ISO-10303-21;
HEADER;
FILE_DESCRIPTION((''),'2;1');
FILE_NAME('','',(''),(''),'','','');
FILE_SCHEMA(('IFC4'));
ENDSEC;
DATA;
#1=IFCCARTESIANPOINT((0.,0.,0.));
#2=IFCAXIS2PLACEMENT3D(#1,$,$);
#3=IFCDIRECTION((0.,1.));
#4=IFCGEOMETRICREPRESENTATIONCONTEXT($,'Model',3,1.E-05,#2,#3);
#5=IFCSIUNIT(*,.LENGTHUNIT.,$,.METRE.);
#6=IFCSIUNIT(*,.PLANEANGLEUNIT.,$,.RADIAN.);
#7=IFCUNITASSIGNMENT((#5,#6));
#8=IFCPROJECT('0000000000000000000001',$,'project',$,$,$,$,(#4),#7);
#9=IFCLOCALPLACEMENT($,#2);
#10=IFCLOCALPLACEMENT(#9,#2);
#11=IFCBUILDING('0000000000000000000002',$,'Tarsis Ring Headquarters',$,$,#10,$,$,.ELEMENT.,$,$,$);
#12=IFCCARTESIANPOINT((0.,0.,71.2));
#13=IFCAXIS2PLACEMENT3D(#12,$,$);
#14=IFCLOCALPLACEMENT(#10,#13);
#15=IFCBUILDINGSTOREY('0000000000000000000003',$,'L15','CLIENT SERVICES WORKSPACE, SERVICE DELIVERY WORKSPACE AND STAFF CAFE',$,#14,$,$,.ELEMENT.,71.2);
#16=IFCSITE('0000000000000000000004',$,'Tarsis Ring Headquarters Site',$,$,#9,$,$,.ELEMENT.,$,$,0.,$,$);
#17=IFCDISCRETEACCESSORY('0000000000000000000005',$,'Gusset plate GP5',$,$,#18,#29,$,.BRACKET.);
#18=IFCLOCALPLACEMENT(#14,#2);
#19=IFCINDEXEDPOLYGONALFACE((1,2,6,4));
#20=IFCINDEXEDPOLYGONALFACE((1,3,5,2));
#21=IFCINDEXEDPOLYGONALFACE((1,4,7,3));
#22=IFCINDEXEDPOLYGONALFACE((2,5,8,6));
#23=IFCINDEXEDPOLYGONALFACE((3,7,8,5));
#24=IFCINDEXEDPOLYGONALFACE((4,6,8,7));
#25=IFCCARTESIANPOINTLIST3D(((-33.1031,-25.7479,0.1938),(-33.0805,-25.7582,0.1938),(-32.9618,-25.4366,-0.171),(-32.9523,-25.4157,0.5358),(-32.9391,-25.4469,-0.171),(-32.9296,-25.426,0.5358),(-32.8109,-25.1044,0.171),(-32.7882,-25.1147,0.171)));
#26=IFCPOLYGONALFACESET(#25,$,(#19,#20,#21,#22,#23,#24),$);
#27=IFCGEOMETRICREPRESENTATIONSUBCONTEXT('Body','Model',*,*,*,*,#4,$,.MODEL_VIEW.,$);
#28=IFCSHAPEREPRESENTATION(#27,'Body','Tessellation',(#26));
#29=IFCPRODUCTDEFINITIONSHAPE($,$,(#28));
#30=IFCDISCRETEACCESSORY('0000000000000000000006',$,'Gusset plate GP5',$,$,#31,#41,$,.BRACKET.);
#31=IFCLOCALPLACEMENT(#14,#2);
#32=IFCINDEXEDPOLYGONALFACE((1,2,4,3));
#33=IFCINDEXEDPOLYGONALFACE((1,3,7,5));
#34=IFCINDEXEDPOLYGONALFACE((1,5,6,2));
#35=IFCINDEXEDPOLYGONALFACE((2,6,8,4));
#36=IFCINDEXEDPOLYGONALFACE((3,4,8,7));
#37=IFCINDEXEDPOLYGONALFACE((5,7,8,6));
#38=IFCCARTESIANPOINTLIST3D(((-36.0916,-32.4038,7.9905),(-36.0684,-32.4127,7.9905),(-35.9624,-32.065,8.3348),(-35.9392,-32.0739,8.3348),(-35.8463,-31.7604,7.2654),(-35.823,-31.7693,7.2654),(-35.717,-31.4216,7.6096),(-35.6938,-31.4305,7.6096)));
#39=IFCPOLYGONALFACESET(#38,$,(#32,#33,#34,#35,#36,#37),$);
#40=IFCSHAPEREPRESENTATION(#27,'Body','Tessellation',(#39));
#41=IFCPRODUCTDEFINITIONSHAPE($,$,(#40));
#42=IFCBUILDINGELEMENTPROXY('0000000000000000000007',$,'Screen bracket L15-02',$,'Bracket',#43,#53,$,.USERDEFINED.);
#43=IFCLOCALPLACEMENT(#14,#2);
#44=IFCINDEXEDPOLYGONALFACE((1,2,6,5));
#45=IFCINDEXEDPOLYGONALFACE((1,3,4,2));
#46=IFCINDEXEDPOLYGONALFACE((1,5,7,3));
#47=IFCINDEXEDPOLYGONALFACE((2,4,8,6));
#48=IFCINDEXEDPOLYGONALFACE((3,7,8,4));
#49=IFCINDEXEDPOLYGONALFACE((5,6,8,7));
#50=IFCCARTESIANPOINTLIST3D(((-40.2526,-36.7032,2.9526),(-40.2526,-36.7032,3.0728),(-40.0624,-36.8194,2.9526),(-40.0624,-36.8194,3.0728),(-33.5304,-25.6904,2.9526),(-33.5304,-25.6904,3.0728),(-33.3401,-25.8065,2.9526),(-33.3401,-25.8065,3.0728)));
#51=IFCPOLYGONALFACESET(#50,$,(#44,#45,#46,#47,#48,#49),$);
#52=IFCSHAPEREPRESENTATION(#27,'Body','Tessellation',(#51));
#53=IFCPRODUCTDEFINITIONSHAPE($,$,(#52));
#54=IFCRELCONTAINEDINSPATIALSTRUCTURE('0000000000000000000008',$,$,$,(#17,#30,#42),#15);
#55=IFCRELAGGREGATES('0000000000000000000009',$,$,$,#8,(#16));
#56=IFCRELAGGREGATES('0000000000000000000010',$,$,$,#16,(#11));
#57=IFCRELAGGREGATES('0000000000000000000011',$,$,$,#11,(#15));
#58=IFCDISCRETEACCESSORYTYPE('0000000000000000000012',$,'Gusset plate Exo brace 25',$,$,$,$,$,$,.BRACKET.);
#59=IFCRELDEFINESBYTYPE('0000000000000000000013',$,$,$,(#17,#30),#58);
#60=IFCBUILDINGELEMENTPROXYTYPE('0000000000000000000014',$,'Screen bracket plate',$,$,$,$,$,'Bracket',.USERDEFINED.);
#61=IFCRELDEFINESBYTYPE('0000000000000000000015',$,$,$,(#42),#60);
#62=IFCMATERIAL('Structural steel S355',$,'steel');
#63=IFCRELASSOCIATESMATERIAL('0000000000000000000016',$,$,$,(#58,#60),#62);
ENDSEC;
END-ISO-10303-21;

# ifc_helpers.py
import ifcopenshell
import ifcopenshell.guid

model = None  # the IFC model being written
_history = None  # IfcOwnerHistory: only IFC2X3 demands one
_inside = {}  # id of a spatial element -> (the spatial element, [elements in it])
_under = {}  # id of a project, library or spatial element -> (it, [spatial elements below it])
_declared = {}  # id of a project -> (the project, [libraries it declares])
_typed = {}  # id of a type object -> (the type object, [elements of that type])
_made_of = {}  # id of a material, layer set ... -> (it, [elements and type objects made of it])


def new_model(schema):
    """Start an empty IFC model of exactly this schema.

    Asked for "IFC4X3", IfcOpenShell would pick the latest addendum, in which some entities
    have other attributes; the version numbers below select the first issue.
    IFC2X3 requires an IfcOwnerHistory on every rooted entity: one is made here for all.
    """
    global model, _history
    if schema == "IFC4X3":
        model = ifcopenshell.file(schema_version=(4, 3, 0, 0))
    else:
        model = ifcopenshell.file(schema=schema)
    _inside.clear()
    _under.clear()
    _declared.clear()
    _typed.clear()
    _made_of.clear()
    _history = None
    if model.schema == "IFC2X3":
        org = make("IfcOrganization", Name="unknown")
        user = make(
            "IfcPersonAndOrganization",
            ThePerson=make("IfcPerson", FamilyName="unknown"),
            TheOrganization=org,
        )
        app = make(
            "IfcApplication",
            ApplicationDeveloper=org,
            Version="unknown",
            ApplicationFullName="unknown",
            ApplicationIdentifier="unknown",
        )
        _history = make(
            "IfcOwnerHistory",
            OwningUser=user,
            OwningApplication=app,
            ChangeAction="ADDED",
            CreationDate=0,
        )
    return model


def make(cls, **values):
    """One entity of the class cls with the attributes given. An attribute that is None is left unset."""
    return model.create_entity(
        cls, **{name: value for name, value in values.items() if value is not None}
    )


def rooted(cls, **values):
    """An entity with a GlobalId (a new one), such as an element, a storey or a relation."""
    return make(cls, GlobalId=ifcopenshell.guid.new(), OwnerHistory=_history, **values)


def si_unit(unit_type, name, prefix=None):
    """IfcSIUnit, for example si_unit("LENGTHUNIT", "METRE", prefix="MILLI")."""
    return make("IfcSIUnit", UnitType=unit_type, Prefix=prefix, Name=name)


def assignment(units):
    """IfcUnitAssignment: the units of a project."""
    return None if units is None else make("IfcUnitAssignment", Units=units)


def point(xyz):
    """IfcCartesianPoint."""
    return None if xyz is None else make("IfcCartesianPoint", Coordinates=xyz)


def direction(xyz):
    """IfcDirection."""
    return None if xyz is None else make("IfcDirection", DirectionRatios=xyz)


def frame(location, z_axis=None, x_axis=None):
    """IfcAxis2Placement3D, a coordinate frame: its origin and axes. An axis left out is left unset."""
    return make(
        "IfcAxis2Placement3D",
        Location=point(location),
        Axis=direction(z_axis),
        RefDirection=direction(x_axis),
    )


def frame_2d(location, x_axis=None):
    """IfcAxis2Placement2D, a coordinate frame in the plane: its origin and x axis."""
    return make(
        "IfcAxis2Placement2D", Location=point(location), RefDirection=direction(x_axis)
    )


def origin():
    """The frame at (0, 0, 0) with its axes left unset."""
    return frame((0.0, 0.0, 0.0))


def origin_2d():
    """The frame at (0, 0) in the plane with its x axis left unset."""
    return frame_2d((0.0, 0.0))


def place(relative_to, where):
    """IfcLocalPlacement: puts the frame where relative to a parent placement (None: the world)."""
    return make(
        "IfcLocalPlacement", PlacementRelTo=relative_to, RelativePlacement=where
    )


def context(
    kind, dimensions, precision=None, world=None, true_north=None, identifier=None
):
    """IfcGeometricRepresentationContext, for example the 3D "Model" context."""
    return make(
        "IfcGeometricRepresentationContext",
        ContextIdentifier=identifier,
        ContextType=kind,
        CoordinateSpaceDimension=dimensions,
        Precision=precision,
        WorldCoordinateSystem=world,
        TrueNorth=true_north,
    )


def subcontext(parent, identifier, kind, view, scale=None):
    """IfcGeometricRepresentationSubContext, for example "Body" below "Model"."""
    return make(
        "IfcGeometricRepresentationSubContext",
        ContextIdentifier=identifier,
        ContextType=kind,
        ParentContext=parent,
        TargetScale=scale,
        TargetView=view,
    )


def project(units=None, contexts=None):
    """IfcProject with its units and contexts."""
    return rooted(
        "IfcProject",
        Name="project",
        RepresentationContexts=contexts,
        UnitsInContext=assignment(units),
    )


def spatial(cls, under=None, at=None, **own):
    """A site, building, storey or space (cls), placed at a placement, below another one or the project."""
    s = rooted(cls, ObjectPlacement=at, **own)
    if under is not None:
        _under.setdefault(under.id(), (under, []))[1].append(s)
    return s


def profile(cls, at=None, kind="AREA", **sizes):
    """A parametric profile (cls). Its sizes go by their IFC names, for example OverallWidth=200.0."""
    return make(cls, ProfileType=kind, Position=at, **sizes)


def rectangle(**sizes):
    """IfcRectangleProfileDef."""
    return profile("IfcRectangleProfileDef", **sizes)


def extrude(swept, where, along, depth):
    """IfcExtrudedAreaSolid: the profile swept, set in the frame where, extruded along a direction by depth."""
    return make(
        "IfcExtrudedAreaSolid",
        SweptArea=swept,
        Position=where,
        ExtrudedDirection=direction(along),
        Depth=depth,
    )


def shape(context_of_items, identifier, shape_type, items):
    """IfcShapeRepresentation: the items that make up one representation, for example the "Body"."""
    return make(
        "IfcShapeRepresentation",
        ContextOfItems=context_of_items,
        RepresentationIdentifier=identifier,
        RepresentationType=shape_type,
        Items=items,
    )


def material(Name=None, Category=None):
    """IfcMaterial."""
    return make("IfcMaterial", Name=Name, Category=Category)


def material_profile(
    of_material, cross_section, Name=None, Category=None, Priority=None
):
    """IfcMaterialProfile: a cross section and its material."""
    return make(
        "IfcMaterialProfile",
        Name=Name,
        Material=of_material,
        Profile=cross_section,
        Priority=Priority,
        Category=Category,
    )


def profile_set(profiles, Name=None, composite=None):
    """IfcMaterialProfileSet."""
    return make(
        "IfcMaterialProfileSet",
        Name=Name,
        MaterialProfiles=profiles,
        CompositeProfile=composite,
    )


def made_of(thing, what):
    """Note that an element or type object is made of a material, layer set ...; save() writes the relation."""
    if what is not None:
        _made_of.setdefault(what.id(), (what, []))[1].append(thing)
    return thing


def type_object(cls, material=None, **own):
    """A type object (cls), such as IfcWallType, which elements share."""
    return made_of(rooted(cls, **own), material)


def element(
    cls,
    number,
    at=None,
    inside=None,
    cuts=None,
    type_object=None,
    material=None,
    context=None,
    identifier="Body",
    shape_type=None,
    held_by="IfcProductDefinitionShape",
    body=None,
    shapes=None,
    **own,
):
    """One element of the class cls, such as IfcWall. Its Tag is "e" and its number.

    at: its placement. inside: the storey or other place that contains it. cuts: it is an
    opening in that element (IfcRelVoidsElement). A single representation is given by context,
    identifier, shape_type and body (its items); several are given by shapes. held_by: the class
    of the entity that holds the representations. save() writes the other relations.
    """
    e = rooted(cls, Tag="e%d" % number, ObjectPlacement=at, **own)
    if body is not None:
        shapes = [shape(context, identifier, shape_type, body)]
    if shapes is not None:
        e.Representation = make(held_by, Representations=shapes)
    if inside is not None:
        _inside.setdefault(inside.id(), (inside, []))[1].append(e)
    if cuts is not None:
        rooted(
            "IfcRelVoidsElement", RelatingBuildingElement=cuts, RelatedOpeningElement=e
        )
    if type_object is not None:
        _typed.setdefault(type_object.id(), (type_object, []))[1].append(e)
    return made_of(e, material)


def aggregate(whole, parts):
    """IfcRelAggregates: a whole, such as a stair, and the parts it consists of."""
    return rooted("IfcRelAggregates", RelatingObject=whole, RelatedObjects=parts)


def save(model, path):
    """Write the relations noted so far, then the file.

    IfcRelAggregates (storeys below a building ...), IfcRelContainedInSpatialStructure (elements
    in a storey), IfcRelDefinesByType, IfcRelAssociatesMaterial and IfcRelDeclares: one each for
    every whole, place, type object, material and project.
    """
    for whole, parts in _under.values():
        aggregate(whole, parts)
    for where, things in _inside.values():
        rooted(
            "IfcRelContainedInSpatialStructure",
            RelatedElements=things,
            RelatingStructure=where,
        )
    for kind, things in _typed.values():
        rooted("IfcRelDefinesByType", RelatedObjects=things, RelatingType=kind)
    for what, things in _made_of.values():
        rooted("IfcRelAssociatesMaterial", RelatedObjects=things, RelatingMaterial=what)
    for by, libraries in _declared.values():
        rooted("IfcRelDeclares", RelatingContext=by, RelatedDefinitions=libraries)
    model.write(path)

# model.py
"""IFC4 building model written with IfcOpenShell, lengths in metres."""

from ifc_helpers import new_model, si_unit, direction, frame, origin, origin_2d, place, context, subcontext, project, spatial, rectangle, extrude, material, material_profile, profile_set, type_object, element, save


model = new_model("IFC4")

# Units and contexts
model_context = context("Model", 3, precision=1e-05, world=origin(), true_north=direction((0.0, 1.0)))
body_context = subcontext(model_context, "Body", "Model", "MODEL_VIEW")
ifc_project = project(units=[si_unit("LENGTHUNIT", "METRE"), si_unit("PLANEANGLEUNIT", "RADIAN")], contexts=[model_context])

# Site, building, storey
site_placement = place(None, origin())
site = spatial("IfcSite", under=ifc_project, at=site_placement, Name="Tarsis Ring Headquarters Site", CompositionType="ELEMENT", RefElevation=0.0)
building_placement = place(site_placement, origin())
building = spatial("IfcBuilding", under=site, at=building_placement, Name="Tarsis Ring Headquarters", CompositionType="ELEMENT")
storey_placement = place(building_placement, frame((0.0, 0.0, 71.2)))
storey = spatial("IfcBuildingStorey", under=building, at=storey_placement, Name="L15", Description="CLIENT SERVICES WORKSPACE, SERVICE DELIVERY WORKSPACE AND STAFF CAFE", CompositionType="ELEMENT", Elevation=71.2)

# Shared definitions
ifc_material_1 = material(Name="Structural steel S355", Category="steel")

# Discrete accessories
ifc_material_profile_1 = material_profile(ifc_material_1, rectangle(XDim=0.0249, YDim=0.5, at=origin_2d()), Name="PL 25x500")
ifc_profile_set_1 = profile_set([ifc_material_profile_1], Name="Structural steel S355")
discrete_accessory_type = type_object("IfcDiscreteAccessoryType", Name="Gusset plate Exo brace 25", PredefinedType="BRACKET", material=ifc_profile_set_1)
discrete_accessory_1_placement = place(storey_placement, frame((-32.875, -25.2756, 0.0), z_axis=(-0.282762, -0.622663, 0.729614), x_axis=(0.910513, -0.41348, 0.0)))
element("IfcDiscreteAccessory", 1, at=discrete_accessory_1_placement, inside=storey, type_object=discrete_accessory_type, Name="Gusset plate GP5", PredefinedType="BRACKET", context=body_context, shape_type="SweptSolid", body=[
    extrude(rectangle(XDim=0.0249, YDim=0.5, at=origin_2d()), origin(), (0.0, 0.0, 1.0), 0.5),
])
discrete_accessory_2_placement = place(storey_placement, frame((-35.77, -31.5955, 7.4375), z_axis=(-0.245384, -0.643369, 0.725164), x_axis=(0.934347, -0.356364, 0.0)))
element("IfcDiscreteAccessory", 2, at=discrete_accessory_2_placement, inside=storey, type_object=discrete_accessory_type, Name="Gusset plate GP5", PredefinedType="BRACKET", context=body_context, shape_type="SweptSolid", body=[
    extrude(rectangle(XDim=0.0249, YDim=0.5, at=origin_2d()), origin(), (0.0, 0.0, 1.0), 1.0),
])

# Building element proxy
building_element_proxy_type = type_object("IfcBuildingElementProxyType", Name="Screen bracket plate", ElementType="Bracket", PredefinedType="USERDEFINED", material=ifc_material_1)
proxy_placement = place(storey_placement, frame((-36.7964, -31.2549, 2.9526), z_axis=(0.0, 0.0, 1.0), x_axis=(-0.52101, -0.853551, 0.0)))
element("IfcBuildingElementProxy", 3, at=proxy_placement, inside=storey, type_object=building_element_proxy_type, Name="Screen bracket L15-02", ObjectType="Bracket", PredefinedType="USERDEFINED", context=body_context, shape_type="SweptSolid", body=[
    extrude(rectangle(XDim=12.9023, YDim=0.2229, at=origin_2d()), origin(), (0.0, 0.0, 1.0), 0.1201),
])

save(model, "model.ifc")
